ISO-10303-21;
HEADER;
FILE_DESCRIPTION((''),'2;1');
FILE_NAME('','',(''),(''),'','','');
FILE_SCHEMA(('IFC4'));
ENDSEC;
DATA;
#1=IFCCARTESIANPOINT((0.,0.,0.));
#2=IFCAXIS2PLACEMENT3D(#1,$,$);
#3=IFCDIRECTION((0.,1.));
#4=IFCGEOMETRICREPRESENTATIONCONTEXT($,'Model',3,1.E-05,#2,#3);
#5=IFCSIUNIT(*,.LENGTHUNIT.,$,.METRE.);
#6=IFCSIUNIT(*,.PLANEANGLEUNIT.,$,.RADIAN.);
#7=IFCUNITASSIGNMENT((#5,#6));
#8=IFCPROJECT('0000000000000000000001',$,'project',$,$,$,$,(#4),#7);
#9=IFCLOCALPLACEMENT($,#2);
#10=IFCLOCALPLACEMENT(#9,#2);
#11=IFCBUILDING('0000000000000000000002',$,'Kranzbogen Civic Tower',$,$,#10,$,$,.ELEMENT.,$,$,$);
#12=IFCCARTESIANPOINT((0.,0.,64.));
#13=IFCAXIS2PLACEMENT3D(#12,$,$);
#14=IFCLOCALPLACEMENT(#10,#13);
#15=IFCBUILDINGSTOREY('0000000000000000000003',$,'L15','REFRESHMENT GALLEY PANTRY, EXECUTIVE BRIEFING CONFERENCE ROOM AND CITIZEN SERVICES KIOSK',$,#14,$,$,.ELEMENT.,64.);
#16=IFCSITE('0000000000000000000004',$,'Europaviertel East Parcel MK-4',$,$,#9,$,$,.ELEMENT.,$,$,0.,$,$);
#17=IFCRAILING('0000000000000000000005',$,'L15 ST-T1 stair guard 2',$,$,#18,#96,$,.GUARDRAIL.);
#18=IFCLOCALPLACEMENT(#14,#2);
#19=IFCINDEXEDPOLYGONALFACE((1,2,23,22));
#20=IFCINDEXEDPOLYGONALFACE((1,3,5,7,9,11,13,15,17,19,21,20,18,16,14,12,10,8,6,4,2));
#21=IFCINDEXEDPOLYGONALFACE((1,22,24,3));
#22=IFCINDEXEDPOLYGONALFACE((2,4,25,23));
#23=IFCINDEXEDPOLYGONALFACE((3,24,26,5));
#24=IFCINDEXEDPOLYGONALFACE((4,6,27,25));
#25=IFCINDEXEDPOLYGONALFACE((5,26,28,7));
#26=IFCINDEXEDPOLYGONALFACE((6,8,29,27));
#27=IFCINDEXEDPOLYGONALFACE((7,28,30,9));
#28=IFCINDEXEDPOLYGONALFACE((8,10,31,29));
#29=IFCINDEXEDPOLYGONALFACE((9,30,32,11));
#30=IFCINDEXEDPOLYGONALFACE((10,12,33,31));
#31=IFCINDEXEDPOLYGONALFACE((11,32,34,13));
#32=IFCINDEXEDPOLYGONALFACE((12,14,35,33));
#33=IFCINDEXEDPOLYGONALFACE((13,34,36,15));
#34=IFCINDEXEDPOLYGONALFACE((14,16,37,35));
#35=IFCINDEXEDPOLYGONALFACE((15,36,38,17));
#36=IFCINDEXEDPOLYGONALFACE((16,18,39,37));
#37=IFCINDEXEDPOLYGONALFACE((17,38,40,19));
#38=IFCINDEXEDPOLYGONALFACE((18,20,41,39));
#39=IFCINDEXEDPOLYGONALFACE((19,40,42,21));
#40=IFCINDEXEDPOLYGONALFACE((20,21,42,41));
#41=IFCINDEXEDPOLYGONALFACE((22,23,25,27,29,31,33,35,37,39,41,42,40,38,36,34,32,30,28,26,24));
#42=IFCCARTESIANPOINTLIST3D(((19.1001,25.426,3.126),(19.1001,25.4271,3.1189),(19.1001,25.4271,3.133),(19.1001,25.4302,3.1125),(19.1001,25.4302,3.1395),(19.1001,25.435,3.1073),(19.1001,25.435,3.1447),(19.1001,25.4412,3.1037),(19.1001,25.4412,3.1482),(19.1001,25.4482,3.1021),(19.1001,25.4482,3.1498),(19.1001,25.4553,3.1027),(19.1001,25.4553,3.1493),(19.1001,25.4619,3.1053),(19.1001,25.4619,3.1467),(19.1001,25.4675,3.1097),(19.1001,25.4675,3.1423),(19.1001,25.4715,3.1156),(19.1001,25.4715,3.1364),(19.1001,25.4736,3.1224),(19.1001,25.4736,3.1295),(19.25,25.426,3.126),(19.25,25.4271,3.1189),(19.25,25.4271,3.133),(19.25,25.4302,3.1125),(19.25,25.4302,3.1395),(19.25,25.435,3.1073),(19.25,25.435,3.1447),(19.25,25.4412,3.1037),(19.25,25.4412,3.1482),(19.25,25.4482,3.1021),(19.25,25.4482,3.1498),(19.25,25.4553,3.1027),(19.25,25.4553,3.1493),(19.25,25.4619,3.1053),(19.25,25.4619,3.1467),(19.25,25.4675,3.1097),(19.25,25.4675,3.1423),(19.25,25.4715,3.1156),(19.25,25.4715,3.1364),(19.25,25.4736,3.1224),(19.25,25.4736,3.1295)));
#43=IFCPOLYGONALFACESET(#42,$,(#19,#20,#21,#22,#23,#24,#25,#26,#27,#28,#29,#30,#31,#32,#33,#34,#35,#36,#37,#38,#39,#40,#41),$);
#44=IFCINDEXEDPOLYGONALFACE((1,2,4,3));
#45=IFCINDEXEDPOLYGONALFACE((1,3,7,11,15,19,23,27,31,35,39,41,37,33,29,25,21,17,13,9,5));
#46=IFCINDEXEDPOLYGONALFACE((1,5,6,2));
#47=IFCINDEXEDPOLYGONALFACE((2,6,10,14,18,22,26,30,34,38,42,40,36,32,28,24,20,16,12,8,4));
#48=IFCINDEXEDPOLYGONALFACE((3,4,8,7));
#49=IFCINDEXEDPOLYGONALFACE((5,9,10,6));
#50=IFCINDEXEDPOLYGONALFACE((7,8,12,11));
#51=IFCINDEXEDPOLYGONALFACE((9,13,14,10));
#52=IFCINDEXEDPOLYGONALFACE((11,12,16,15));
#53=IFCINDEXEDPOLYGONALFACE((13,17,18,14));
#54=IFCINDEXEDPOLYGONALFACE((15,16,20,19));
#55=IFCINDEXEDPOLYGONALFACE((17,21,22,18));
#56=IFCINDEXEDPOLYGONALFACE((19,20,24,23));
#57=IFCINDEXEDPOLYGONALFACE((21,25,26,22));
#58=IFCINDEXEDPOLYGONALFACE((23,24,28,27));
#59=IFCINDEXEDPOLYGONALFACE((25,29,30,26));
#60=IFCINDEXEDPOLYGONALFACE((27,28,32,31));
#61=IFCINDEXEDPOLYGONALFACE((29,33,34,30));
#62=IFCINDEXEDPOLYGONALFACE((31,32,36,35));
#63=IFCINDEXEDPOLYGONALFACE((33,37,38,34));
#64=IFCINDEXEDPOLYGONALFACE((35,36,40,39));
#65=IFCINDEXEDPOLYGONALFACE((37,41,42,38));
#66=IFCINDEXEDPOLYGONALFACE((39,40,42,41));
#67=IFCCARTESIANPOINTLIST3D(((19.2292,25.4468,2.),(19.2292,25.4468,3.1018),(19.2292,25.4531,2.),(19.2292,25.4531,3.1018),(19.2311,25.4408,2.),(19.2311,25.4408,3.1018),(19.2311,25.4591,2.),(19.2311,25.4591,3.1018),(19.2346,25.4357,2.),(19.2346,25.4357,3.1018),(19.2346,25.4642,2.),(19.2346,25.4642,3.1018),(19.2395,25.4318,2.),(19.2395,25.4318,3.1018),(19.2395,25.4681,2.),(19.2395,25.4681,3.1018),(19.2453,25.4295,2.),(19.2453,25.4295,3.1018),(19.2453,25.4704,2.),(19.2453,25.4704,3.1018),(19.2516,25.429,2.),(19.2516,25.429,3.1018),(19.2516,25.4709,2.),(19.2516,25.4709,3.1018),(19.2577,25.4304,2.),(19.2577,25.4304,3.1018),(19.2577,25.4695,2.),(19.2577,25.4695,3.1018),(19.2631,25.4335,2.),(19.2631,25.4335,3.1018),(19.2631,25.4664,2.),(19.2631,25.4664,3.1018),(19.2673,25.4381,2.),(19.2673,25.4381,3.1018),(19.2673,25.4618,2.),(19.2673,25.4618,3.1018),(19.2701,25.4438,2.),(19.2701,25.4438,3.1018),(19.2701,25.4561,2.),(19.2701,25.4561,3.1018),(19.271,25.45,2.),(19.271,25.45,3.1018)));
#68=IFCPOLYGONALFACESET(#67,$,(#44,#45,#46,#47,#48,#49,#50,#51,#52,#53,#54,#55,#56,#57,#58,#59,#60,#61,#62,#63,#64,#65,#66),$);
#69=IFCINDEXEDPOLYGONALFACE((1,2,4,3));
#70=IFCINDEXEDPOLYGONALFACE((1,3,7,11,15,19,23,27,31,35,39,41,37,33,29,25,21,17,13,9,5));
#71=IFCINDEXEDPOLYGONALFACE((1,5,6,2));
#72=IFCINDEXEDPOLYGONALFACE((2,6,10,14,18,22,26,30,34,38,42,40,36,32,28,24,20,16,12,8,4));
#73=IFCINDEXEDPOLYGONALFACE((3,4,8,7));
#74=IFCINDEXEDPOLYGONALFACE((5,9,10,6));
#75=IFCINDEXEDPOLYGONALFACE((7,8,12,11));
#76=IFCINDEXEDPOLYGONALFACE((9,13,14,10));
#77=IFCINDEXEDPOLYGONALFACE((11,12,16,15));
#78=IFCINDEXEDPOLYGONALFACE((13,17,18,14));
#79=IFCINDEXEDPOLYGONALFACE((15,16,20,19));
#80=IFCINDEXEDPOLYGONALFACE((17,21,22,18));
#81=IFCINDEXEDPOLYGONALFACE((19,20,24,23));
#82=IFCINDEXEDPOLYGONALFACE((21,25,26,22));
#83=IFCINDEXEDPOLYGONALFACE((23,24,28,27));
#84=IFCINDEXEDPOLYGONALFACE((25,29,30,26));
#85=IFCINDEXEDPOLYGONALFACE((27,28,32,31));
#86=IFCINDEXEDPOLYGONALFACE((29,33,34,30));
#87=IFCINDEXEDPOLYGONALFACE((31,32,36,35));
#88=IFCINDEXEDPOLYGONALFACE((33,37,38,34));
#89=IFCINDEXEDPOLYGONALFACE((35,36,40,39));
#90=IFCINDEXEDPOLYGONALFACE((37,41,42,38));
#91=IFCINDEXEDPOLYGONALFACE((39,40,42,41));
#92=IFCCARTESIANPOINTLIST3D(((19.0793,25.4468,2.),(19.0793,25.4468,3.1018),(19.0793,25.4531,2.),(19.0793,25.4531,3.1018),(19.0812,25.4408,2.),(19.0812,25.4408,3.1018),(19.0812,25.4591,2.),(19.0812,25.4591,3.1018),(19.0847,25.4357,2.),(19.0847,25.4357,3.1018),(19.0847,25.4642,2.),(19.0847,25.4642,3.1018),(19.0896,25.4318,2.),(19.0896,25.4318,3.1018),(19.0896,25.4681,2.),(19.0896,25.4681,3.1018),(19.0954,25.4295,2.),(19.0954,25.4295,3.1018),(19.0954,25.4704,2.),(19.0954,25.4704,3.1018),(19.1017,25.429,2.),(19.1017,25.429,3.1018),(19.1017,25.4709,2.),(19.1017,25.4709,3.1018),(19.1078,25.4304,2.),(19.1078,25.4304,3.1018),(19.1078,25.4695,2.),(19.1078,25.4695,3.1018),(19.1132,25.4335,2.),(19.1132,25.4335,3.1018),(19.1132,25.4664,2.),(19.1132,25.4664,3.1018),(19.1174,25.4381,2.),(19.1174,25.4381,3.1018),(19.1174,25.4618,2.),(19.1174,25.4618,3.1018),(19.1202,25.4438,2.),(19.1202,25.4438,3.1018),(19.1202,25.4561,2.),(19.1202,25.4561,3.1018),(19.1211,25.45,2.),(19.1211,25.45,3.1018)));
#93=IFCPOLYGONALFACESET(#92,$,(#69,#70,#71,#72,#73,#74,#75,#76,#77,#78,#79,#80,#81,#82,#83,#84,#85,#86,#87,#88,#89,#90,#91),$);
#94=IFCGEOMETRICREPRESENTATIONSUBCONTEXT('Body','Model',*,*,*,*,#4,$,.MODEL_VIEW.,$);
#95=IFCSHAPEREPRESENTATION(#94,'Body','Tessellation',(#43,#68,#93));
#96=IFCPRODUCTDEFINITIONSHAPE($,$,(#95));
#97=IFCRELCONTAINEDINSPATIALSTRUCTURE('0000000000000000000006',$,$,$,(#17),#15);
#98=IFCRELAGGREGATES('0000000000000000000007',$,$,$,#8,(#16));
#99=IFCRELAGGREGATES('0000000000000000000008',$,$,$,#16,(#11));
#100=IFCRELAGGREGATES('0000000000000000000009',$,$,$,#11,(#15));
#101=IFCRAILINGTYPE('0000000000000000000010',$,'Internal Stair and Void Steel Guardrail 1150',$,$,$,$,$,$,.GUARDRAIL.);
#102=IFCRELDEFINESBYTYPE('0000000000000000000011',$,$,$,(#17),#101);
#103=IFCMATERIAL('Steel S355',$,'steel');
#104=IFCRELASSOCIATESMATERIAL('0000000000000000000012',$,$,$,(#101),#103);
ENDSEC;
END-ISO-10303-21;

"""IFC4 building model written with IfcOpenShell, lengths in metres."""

from ifc_helpers import new_model, si_unit, direction, frame, origin, origin_2d, place, context, subcontext, project, spatial, circle, extrude, material, type_object, element, save


model = new_model("IFC4")

# Units and contexts
model_context = context("Model", 3, precision=1e-05, world=origin(), true_north=direction((0.0, 1.0)))
body_context = subcontext(model_context, "Body", "Model", "MODEL_VIEW")
ifc_project = project(units=[si_unit("LENGTHUNIT", "METRE"), si_unit("PLANEANGLEUNIT", "RADIAN")], contexts=[model_context])

# Site, building, storey
site_placement = place(None, origin())
site = spatial("IfcSite", under=ifc_project, at=site_placement, Name="Europaviertel East Parcel MK-4", CompositionType="ELEMENT", RefElevation=0.0)
building_placement = place(site_placement, origin())
building = spatial("IfcBuilding", under=site, at=building_placement, Name="Kranzbogen Civic Tower", CompositionType="ELEMENT")
storey_placement = place(building_placement, frame((0.0, 0.0, 64.0)))
storey = spatial("IfcBuildingStorey", under=building, at=storey_placement, Name="L15", Description="REFRESHMENT GALLEY PANTRY, EXECUTIVE BRIEFING CONFERENCE ROOM AND CITIZEN SERVICES KIOSK", CompositionType="ELEMENT", Elevation=64.0)

# Shared definitions
ifc_material_1 = material(Name="Steel S355", Category="steel")

# Railing
railing_type_1 = type_object("IfcRailingType", Name="Internal Stair and Void Steel Guardrail 1150", PredefinedType="GUARDRAIL", material=ifc_material_1)
railing_1_placement = place(storey_placement, frame((19.25, 25.45, 2.0)))
element("IfcRailing", 1, at=railing_1_placement, inside=storey, type_object=railing_type_1, Name="L15 ST-T1 stair guard 2", PredefinedType="GUARDRAIL", context=body_context, shape_type="SweptSolid", body=[
    extrude(circle(Radius=0.0239, at=origin_2d()), frame((0.0, 0.0, 1.126), z_axis=(-1.0, 0.0, 0.0), x_axis=(0.0, -1.0, 0.0)), (0.0, 0.0, 1.0), 0.1499),
    extrude(circle(Radius=0.021, at=origin_2d()), origin(), (0.0, 0.0, 1.0), 1.1018),
    extrude(circle(Radius=0.021, at=origin_2d()), frame((-0.1499, 0.0, 0.0)), (0.0, 0.0, 1.0), 1.1018),
])

save(model, "model.ifc")
